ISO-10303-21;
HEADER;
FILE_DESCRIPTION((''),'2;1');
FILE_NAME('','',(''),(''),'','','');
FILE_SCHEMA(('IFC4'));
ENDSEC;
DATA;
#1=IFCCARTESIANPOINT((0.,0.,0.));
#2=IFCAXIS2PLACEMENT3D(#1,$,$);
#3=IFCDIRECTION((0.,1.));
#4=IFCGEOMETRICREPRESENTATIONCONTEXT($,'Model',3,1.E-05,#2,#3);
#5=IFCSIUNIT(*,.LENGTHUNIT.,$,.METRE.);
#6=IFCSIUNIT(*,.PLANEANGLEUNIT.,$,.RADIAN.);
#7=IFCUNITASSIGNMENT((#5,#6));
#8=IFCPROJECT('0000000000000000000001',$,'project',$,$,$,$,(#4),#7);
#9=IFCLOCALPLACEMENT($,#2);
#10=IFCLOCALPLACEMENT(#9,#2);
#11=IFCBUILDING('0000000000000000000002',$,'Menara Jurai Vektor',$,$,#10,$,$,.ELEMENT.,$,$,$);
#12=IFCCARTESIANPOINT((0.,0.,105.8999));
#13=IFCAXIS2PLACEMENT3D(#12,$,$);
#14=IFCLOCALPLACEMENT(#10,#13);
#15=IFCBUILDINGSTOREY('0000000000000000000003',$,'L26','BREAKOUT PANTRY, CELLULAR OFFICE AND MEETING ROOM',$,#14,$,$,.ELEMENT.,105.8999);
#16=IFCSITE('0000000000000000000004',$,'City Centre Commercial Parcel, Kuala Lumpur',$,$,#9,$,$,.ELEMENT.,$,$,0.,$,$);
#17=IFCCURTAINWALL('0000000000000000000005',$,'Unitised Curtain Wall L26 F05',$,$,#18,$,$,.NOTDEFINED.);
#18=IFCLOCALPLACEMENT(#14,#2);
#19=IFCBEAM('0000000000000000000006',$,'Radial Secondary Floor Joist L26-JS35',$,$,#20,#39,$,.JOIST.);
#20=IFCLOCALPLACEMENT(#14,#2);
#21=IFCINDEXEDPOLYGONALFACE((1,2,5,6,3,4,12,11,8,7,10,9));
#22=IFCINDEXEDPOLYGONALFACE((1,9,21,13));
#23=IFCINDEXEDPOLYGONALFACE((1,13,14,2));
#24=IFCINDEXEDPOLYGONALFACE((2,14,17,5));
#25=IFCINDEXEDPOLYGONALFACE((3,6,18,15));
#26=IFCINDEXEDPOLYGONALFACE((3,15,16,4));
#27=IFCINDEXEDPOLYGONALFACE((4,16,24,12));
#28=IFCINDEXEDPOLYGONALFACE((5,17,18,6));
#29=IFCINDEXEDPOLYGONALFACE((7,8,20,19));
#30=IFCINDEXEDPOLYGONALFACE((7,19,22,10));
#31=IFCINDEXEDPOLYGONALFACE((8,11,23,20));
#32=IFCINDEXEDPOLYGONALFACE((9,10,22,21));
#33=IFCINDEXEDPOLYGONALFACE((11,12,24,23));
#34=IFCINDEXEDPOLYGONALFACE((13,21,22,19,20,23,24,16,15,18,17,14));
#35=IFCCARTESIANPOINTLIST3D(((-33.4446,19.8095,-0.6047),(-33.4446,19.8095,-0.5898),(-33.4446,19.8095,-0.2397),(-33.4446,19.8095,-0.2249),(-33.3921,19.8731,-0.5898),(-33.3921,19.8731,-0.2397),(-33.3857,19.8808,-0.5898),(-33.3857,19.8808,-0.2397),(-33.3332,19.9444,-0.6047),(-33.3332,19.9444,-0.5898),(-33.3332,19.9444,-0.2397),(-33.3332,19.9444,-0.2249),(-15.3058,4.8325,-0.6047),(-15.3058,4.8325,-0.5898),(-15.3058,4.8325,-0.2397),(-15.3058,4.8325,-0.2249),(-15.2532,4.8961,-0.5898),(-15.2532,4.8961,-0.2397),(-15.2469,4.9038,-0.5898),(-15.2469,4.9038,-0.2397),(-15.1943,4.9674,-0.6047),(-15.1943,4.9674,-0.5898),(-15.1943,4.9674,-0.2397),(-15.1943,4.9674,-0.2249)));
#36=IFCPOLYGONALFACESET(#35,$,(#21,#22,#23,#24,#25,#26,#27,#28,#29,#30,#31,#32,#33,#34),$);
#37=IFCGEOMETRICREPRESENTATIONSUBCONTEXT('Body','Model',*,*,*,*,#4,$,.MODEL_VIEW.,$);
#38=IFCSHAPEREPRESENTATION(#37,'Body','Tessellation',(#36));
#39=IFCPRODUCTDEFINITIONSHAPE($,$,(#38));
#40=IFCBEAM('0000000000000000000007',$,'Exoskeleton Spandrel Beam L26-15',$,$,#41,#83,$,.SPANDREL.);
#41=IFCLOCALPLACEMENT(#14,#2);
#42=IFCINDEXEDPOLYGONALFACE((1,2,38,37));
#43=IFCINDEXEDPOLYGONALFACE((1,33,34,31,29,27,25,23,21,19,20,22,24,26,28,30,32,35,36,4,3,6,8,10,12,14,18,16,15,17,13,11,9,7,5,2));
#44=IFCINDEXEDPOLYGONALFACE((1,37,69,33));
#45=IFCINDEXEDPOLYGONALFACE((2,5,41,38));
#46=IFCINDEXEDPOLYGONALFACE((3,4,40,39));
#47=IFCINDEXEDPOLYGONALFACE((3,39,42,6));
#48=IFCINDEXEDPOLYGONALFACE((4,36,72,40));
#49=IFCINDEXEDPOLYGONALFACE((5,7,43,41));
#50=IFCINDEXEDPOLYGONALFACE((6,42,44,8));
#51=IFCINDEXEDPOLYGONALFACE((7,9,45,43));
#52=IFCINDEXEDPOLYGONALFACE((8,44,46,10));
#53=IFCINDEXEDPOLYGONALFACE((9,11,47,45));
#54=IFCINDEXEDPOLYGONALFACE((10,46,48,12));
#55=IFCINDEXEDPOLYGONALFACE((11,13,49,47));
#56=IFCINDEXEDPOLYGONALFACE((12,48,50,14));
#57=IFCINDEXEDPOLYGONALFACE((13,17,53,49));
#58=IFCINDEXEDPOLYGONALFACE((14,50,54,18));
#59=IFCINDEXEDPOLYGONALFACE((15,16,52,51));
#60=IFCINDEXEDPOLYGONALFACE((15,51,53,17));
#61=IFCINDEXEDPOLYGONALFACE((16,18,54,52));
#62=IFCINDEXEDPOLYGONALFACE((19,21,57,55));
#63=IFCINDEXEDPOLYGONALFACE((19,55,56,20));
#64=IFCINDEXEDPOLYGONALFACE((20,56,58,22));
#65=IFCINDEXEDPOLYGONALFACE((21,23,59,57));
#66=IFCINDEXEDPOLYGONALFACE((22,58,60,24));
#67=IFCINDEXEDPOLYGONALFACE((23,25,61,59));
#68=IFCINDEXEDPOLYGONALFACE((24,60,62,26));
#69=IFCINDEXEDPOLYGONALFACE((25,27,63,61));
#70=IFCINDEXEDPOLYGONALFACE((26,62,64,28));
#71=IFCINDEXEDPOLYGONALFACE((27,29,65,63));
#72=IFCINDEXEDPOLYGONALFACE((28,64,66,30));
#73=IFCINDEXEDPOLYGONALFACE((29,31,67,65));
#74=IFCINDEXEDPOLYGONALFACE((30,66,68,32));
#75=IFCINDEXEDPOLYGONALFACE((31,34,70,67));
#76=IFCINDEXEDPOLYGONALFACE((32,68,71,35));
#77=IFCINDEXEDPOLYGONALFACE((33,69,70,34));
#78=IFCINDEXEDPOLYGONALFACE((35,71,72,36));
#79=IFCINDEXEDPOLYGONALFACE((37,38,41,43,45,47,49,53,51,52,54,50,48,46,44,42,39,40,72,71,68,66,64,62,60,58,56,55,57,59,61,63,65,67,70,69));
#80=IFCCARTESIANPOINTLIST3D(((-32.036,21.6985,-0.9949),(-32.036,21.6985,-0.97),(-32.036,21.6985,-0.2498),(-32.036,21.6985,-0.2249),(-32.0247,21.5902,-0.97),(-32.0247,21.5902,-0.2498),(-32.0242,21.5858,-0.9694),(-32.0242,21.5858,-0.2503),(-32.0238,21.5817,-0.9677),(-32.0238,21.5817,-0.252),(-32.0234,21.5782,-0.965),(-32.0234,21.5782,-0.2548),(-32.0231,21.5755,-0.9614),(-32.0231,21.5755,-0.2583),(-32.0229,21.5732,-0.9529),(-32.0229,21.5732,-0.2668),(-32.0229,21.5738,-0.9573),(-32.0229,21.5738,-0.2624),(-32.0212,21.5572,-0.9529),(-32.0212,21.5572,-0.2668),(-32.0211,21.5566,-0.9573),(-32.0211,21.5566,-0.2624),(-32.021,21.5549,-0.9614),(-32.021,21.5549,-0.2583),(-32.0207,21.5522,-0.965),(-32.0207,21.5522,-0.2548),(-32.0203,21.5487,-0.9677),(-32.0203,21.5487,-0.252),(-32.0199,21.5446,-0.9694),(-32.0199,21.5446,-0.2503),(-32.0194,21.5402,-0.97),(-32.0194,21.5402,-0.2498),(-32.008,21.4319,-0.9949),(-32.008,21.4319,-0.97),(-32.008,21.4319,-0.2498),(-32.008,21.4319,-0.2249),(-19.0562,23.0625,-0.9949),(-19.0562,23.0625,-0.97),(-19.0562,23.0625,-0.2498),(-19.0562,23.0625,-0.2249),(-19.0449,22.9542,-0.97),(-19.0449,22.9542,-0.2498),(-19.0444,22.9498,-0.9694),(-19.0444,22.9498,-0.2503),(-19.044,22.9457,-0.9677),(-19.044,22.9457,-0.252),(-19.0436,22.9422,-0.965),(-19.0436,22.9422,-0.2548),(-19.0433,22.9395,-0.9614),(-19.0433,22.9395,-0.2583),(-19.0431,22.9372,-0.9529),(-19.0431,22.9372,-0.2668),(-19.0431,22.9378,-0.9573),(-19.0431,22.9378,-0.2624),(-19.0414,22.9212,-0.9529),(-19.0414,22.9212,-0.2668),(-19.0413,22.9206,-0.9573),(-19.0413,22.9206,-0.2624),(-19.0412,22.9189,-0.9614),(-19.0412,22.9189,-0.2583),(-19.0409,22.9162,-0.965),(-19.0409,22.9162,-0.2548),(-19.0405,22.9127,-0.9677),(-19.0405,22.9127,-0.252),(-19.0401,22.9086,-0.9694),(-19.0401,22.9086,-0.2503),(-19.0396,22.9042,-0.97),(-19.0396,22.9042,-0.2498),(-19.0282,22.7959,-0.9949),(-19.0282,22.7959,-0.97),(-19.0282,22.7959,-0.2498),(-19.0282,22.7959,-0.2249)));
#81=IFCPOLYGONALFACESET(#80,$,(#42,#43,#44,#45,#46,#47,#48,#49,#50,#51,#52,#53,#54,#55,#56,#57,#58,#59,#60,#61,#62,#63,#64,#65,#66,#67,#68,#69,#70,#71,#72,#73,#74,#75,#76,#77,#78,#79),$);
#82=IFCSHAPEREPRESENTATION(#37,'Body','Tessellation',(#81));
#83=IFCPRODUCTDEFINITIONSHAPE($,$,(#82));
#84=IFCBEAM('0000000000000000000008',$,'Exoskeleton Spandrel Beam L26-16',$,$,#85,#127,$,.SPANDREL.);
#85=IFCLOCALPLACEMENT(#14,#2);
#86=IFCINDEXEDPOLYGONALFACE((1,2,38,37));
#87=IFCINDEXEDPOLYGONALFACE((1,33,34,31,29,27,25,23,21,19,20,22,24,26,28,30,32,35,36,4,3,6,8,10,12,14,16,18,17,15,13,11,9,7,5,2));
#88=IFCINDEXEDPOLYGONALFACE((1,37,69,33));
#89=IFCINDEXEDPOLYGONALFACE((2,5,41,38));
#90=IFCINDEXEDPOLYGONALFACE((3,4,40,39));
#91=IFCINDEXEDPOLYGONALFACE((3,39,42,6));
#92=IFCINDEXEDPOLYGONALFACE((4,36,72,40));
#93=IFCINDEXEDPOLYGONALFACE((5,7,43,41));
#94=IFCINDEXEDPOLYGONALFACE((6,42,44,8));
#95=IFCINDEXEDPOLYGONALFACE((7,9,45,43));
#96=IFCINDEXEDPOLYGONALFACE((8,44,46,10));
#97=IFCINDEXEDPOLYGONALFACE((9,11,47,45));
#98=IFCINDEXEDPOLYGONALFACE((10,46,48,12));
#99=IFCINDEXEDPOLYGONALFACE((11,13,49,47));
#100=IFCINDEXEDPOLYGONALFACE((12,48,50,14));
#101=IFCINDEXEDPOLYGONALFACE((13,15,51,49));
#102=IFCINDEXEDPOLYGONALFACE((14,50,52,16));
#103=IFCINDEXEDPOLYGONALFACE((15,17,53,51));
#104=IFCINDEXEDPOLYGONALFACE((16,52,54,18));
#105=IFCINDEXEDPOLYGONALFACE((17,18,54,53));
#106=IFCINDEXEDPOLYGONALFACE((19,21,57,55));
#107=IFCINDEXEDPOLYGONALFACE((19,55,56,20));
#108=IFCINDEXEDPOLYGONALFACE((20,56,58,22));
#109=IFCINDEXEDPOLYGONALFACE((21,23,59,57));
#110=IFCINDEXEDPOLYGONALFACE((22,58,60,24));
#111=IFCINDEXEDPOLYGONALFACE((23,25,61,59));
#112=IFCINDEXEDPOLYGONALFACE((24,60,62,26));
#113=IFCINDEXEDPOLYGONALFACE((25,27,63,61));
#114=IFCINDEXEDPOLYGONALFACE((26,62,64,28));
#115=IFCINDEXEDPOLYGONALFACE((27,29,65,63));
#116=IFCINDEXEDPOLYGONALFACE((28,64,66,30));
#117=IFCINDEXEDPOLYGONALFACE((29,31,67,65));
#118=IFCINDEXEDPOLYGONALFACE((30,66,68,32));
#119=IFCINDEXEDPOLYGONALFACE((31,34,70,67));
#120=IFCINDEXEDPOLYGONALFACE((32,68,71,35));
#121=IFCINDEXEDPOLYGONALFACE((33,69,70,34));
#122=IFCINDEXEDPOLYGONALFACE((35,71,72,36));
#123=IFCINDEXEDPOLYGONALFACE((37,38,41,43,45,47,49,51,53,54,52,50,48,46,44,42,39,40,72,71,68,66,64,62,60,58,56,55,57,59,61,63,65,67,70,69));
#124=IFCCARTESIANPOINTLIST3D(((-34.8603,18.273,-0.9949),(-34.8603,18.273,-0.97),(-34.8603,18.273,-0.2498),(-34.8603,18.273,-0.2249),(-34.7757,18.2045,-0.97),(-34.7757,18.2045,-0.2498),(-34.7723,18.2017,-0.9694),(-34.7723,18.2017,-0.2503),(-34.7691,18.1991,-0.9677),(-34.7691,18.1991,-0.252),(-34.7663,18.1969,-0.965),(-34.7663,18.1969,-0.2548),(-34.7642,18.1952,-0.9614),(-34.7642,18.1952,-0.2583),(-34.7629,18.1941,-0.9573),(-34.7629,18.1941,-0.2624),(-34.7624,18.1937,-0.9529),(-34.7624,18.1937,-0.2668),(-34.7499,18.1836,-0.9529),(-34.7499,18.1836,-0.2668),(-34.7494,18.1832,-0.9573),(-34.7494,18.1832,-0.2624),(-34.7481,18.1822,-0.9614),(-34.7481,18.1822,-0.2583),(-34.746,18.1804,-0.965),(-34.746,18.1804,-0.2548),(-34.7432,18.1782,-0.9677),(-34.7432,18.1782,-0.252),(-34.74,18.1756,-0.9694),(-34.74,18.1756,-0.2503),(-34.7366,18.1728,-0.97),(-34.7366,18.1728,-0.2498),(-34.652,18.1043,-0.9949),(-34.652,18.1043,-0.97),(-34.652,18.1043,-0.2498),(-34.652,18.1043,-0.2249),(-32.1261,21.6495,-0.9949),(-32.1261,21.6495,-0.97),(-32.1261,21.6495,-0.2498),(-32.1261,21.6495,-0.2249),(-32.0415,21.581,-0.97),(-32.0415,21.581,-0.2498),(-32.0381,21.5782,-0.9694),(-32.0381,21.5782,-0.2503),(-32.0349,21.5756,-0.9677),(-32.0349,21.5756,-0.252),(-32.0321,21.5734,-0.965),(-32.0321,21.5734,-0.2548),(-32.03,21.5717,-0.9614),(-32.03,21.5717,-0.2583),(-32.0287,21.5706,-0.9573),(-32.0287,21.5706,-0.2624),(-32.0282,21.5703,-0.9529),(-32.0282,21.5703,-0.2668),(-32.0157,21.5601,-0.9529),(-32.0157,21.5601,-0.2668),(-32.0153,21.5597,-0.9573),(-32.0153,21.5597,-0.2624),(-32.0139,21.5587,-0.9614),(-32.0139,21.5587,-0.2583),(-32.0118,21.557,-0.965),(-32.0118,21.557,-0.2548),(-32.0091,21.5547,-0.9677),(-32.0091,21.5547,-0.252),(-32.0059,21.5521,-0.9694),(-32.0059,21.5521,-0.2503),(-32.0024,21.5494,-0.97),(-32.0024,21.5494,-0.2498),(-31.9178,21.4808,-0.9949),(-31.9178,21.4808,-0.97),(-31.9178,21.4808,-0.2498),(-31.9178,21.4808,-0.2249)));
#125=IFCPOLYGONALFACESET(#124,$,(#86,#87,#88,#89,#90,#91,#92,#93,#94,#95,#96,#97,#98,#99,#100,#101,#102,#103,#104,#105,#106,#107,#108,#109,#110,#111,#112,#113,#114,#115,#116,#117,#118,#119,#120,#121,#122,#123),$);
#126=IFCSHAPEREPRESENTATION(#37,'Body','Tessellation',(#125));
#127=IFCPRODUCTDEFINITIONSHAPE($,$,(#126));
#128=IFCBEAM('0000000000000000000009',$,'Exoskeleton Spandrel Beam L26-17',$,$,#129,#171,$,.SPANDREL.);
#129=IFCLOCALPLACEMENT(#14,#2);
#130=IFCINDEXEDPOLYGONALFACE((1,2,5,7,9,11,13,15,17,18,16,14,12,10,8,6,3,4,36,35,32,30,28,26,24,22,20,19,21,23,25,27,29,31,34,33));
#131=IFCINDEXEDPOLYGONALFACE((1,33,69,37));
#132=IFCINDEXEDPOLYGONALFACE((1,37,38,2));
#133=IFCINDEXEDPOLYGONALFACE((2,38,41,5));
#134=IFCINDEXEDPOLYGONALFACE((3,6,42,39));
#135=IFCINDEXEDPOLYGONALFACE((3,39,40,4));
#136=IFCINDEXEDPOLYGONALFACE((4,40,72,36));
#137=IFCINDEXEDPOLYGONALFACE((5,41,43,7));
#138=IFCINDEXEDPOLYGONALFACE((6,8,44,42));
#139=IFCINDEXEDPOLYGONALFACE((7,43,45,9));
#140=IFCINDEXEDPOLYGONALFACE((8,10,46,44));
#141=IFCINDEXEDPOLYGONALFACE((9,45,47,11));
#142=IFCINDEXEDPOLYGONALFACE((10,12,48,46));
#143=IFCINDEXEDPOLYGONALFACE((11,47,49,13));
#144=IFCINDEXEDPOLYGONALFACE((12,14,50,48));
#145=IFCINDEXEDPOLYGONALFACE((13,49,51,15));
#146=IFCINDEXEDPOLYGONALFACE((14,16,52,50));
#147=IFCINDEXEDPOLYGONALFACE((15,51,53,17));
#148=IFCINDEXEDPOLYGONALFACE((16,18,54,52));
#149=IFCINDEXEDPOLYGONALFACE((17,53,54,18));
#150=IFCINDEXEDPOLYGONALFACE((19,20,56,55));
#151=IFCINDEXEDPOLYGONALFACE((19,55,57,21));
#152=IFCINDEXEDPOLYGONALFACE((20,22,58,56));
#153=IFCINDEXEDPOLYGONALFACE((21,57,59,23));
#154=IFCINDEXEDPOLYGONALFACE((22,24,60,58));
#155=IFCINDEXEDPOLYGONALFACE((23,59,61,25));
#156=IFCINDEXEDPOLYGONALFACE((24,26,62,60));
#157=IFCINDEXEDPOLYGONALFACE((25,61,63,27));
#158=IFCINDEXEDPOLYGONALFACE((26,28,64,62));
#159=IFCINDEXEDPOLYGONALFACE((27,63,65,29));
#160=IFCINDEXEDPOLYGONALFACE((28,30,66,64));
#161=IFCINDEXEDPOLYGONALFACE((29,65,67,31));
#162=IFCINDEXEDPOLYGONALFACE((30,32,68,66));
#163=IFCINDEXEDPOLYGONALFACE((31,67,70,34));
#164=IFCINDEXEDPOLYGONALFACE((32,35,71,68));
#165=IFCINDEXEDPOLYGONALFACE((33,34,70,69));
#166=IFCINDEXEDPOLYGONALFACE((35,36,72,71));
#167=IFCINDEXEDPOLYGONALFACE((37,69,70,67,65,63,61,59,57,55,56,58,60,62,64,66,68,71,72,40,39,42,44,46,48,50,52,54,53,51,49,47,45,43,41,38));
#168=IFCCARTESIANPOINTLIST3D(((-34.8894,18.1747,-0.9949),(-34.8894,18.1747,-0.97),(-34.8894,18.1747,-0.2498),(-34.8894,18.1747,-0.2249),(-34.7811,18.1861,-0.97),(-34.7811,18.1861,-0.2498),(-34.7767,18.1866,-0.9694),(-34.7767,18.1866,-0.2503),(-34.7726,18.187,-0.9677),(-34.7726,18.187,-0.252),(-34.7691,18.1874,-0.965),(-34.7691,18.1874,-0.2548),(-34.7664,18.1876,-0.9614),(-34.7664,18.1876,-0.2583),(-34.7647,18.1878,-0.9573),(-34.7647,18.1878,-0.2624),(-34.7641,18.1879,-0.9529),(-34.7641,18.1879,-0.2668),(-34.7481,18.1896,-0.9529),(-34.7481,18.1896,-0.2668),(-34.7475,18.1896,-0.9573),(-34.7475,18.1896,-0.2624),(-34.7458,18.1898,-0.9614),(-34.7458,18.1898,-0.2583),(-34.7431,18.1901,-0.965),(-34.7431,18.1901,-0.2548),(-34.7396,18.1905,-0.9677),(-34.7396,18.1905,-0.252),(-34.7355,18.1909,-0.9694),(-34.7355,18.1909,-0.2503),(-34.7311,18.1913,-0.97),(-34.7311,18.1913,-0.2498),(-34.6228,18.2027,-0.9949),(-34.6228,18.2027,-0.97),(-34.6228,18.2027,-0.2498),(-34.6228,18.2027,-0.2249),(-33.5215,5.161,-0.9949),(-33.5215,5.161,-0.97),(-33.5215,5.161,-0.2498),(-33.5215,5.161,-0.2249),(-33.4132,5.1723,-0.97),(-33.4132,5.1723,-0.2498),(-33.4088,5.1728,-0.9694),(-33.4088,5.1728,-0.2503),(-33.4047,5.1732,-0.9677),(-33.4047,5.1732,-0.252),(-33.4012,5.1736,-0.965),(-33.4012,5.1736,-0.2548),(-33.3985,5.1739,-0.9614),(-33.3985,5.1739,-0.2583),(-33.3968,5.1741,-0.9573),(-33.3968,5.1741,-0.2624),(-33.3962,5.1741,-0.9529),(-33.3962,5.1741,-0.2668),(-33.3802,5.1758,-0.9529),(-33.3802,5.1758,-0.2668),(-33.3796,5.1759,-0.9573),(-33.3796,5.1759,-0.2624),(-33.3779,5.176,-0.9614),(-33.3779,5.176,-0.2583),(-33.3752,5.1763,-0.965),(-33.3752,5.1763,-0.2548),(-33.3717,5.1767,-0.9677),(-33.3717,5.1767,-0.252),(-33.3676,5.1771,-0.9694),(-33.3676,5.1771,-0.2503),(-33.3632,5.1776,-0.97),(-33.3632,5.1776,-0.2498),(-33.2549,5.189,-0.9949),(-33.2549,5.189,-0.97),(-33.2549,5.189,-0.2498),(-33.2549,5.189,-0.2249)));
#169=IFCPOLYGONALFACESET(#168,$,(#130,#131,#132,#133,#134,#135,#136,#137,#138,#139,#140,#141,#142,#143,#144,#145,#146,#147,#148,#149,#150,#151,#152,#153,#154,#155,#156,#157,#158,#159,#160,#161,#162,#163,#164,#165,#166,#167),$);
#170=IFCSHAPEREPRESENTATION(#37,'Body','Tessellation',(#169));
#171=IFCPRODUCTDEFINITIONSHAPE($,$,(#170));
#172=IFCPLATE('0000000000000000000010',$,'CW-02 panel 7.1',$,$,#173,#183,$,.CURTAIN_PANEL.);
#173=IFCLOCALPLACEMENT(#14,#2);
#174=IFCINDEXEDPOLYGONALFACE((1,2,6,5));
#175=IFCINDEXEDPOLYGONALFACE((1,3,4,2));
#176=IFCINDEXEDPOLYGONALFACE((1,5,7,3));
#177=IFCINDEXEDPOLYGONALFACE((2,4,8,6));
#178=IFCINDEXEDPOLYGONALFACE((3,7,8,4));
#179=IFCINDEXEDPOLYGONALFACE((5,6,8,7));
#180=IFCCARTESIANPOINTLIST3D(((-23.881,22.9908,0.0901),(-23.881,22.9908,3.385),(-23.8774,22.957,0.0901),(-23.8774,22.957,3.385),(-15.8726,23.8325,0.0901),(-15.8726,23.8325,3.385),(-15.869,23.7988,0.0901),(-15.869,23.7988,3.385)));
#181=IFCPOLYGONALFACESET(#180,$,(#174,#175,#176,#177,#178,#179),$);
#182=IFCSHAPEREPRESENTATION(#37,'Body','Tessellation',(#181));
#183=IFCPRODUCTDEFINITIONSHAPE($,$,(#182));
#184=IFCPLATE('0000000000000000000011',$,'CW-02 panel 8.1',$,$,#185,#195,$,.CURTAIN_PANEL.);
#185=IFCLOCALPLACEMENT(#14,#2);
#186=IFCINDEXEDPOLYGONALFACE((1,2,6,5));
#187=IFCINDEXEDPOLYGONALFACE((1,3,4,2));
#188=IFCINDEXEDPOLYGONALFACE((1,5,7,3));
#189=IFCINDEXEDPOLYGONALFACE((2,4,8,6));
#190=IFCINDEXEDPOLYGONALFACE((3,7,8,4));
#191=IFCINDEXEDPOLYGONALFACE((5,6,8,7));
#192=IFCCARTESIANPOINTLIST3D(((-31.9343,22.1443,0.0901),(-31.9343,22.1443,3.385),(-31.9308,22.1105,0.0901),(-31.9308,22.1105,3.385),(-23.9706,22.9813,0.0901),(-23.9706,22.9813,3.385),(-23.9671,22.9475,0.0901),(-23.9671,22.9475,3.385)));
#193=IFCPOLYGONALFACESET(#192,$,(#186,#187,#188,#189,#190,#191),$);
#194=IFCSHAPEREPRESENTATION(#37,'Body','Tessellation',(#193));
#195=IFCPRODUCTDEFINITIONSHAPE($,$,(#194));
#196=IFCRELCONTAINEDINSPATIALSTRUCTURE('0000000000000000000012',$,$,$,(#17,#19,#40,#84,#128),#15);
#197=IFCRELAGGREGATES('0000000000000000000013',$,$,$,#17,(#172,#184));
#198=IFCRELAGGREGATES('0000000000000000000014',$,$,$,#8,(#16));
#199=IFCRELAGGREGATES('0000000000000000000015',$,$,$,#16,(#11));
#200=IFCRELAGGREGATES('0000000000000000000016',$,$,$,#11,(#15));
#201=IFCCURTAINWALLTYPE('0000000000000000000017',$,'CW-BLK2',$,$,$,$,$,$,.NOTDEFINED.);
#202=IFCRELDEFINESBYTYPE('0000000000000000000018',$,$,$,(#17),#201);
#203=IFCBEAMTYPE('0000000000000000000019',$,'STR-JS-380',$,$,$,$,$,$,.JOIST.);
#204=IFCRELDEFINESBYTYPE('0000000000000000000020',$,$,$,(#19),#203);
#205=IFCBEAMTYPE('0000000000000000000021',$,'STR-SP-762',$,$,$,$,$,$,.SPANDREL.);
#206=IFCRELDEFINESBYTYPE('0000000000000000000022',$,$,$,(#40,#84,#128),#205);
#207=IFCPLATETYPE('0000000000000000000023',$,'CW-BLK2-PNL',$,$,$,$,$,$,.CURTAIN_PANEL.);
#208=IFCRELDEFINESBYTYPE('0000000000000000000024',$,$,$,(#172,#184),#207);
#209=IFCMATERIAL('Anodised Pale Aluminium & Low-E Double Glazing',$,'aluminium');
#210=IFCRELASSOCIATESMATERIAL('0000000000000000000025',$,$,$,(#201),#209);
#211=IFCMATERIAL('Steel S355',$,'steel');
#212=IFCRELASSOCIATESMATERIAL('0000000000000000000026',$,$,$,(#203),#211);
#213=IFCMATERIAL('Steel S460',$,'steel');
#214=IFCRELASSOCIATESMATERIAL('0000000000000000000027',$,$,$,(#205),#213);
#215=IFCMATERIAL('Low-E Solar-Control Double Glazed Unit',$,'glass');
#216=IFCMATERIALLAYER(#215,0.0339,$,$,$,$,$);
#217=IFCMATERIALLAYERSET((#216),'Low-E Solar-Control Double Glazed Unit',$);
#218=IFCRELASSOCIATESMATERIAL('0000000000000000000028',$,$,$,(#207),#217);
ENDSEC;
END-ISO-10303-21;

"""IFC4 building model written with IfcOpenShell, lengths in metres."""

from ifc_helpers import new_model, si_unit, direction, frame, origin, origin_2d, place, context, subcontext, project, spatial, rectangle, i_section, extrude, material, layer, layer_set, material_profile, profile_set, type_object, element, aggregate, save


model = new_model("IFC4")

# Units and contexts
model_context = context("Model", 3, precision=1e-05, world=origin(), true_north=direction((0.0, 1.0)))
body_context = subcontext(model_context, "Body", "Model", "MODEL_VIEW")
ifc_project = project(units=[si_unit("LENGTHUNIT", "METRE"), si_unit("PLANEANGLEUNIT", "RADIAN")], contexts=[model_context])

# Site, building, storey
site_placement = place(None, origin())
site = spatial("IfcSite", under=ifc_project, at=site_placement, Name="City Centre Commercial Parcel, Kuala Lumpur", CompositionType="ELEMENT", RefElevation=0.0)
building_placement = place(site_placement, origin())
building = spatial("IfcBuilding", under=site, at=building_placement, Name="Menara Jurai Vektor", CompositionType="ELEMENT")
storey_placement = place(building_placement, frame((0.0, 0.0, 105.8999)))
storey = spatial("IfcBuildingStorey", under=building, at=storey_placement, Name="L26", Description="BREAKOUT PANTRY, CELLULAR OFFICE AND MEETING ROOM", CompositionType="ELEMENT", Elevation=105.8999)

# Shared definitions
ifc_material_1 = material(Name="Steel S460", Category="steel")

# Curtain wall
ifc_material_2 = material(Name="Anodised Pale Aluminium & Low-E Double Glazing", Category="aluminium")
curtain_wall_type = type_object("IfcCurtainWallType", Name="CW-BLK2", PredefinedType="NOTDEFINED", material=ifc_material_2)
curtain_wall_1_placement = place(storey_placement, origin())
curtain_wall_1 = element("IfcCurtainWall", 1, at=curtain_wall_1_placement, inside=storey, type_object=curtain_wall_type, Name="Unitised Curtain Wall L26 F05", PredefinedType="NOTDEFINED")

# Shared definitions
ifc_material_3 = material(Name="Steel S355", Category="steel")

# Beams
ifc_material_profile_1 = material_profile(ifc_material_3, i_section(OverallWidth=0.175, OverallDepth=0.3799, WebThickness=0.01, FlangeThickness=0.0149, at=origin_2d()), Name="PG 380x175x58")
ifc_profile_set_1 = profile_set([ifc_material_profile_1], Name="Steel S355")
beam_type_1 = type_object("IfcBeamType", Name="STR-JS-380", PredefinedType="JOIST", material=ifc_profile_set_1)
beam_1_placement = place(storey_placement, frame((-33.3889, 19.877, -0.4148), z_axis=(0.771114, -0.636698, 0.0), x_axis=(0.636698, 0.771114, 0.0)))
element("IfcBeam", 2, at=beam_1_placement, inside=storey, type_object=beam_type_1, Name="Radial Secondary Floor Joist L26-JS35", PredefinedType="JOIST", context=body_context, shape_type="SweptSolid", body=[
    extrude(i_section(OverallWidth=0.175, OverallDepth=0.3799, WebThickness=0.01, FlangeThickness=0.0149, at=origin_2d()), origin(), (0.0, 0.0, 1.0), 23.5229),
])
ifc_material_profile_2 = material_profile(ifc_material_1, i_section(OverallWidth=0.2681, OverallDepth=0.77, WebThickness=0.0161, FlangeThickness=0.0249, FilletRadius=0.0171, at=origin_2d()), Name="UKB 762x267x197")
ifc_profile_set_2 = profile_set([ifc_material_profile_2], Name="Steel S460")
beam_type_2 = type_object("IfcBeamType", Name="STR-SP-762", PredefinedType="SPANDREL", material=ifc_profile_set_2)
beam_2_placement = place(storey_placement, frame((-19.0422, 22.9292, -0.6099), z_axis=(-0.994524, -0.104512, 0.0), x_axis=(0.104512, -0.994524, 0.0)))
element("IfcBeam", 3, at=beam_2_placement, inside=storey, type_object=beam_type_2, Name="Exoskeleton Spandrel Beam L26-15", PredefinedType="SPANDREL", context=body_context, shape_type="SweptSolid", body=[
    extrude(i_section(OverallWidth=0.2681, OverallDepth=0.77, WebThickness=0.0161, FlangeThickness=0.0249, FilletRadius=0.0171, at=origin_2d()), origin(), (0.0, 0.0, 1.0), 13.0513),
])
beam_3_placement = place(storey_placement, frame((-32.022, 21.5652, -0.6099), z_axis=(-0.62931, -0.777155, 0.0), x_axis=(0.777155, -0.62931, 0.0)))
element("IfcBeam", 4, at=beam_3_placement, inside=storey, type_object=beam_type_2, Name="Exoskeleton Spandrel Beam L26-16", PredefinedType="SPANDREL", context=body_context, shape_type="SweptSolid", body=[
    extrude(i_section(OverallWidth=0.2681, OverallDepth=0.77, WebThickness=0.0161, FlangeThickness=0.0249, FilletRadius=0.0171, at=origin_2d()), origin(), (0.0, 0.0, 1.0), 4.3447),
])
beam_4_placement = place(storey_placement, frame((-34.7561, 18.1887, -0.6099), z_axis=(0.104538, -0.994521, 0.0), x_axis=(0.994521, 0.104538, 0.0)))
element("IfcBeam", 5, at=beam_4_placement, inside=storey, type_object=beam_type_2, Name="Exoskeleton Spandrel Beam L26-17", PredefinedType="SPANDREL", context=body_context, shape_type="SweptSolid", body=[
    extrude(i_section(OverallWidth=0.2681, OverallDepth=0.77, WebThickness=0.0161, FlangeThickness=0.0249, FilletRadius=0.0171, at=origin_2d()), origin(), (0.0, 0.0, 1.0), 13.0854),
])

# Plates
ifc_material_4 = material(Name="Low-E Solar-Control Double Glazed Unit", Category="glass")
ifc_layer_1 = layer(ifc_material_4, 0.0339)
ifc_layer_set_1 = layer_set([ifc_layer_1], Name="Low-E Solar-Control Double Glazed Unit")
plate_type_1 = type_object("IfcPlateType", Name="CW-BLK2-PNL", PredefinedType="CURTAIN_PANEL", material=ifc_layer_set_1)
plate_1_placement = place(storey_placement, frame((-19.875, 23.3948, 0.0901), z_axis=(0.0, 0.0, 1.0), x_axis=(-0.994522, -0.104529, 0.0)))
plate_1 = element("IfcPlate", 6, at=plate_1_placement, type_object=plate_type_1, Name="CW-02 panel 7.1", PredefinedType="CURTAIN_PANEL", context=body_context, shape_type="SweptSolid", body=[
    extrude(rectangle(XDim=8.0525, YDim=0.0339, at=origin_2d()), origin(), (0.0, 0.0, 1.0), 3.2949),
])
plate_2_placement = place(storey_placement, frame((-27.9507, 22.5459, 0.0901), z_axis=(0.0, 0.0, 1.0), x_axis=(-0.994522, -0.104529, 0.0)))
plate_2 = element("IfcPlate", 7, at=plate_2_placement, type_object=plate_type_1, Name="CW-02 panel 8.1", PredefinedType="CURTAIN_PANEL", context=body_context, shape_type="SweptSolid", body=[
    extrude(rectangle(XDim=8.0076, YDim=0.0339, at=origin_2d()), origin(), (0.0, 0.0, 1.0), 3.2949),
])
aggregate(curtain_wall_1, [plate_1, plate_2])

save(model, "model.ifc")
